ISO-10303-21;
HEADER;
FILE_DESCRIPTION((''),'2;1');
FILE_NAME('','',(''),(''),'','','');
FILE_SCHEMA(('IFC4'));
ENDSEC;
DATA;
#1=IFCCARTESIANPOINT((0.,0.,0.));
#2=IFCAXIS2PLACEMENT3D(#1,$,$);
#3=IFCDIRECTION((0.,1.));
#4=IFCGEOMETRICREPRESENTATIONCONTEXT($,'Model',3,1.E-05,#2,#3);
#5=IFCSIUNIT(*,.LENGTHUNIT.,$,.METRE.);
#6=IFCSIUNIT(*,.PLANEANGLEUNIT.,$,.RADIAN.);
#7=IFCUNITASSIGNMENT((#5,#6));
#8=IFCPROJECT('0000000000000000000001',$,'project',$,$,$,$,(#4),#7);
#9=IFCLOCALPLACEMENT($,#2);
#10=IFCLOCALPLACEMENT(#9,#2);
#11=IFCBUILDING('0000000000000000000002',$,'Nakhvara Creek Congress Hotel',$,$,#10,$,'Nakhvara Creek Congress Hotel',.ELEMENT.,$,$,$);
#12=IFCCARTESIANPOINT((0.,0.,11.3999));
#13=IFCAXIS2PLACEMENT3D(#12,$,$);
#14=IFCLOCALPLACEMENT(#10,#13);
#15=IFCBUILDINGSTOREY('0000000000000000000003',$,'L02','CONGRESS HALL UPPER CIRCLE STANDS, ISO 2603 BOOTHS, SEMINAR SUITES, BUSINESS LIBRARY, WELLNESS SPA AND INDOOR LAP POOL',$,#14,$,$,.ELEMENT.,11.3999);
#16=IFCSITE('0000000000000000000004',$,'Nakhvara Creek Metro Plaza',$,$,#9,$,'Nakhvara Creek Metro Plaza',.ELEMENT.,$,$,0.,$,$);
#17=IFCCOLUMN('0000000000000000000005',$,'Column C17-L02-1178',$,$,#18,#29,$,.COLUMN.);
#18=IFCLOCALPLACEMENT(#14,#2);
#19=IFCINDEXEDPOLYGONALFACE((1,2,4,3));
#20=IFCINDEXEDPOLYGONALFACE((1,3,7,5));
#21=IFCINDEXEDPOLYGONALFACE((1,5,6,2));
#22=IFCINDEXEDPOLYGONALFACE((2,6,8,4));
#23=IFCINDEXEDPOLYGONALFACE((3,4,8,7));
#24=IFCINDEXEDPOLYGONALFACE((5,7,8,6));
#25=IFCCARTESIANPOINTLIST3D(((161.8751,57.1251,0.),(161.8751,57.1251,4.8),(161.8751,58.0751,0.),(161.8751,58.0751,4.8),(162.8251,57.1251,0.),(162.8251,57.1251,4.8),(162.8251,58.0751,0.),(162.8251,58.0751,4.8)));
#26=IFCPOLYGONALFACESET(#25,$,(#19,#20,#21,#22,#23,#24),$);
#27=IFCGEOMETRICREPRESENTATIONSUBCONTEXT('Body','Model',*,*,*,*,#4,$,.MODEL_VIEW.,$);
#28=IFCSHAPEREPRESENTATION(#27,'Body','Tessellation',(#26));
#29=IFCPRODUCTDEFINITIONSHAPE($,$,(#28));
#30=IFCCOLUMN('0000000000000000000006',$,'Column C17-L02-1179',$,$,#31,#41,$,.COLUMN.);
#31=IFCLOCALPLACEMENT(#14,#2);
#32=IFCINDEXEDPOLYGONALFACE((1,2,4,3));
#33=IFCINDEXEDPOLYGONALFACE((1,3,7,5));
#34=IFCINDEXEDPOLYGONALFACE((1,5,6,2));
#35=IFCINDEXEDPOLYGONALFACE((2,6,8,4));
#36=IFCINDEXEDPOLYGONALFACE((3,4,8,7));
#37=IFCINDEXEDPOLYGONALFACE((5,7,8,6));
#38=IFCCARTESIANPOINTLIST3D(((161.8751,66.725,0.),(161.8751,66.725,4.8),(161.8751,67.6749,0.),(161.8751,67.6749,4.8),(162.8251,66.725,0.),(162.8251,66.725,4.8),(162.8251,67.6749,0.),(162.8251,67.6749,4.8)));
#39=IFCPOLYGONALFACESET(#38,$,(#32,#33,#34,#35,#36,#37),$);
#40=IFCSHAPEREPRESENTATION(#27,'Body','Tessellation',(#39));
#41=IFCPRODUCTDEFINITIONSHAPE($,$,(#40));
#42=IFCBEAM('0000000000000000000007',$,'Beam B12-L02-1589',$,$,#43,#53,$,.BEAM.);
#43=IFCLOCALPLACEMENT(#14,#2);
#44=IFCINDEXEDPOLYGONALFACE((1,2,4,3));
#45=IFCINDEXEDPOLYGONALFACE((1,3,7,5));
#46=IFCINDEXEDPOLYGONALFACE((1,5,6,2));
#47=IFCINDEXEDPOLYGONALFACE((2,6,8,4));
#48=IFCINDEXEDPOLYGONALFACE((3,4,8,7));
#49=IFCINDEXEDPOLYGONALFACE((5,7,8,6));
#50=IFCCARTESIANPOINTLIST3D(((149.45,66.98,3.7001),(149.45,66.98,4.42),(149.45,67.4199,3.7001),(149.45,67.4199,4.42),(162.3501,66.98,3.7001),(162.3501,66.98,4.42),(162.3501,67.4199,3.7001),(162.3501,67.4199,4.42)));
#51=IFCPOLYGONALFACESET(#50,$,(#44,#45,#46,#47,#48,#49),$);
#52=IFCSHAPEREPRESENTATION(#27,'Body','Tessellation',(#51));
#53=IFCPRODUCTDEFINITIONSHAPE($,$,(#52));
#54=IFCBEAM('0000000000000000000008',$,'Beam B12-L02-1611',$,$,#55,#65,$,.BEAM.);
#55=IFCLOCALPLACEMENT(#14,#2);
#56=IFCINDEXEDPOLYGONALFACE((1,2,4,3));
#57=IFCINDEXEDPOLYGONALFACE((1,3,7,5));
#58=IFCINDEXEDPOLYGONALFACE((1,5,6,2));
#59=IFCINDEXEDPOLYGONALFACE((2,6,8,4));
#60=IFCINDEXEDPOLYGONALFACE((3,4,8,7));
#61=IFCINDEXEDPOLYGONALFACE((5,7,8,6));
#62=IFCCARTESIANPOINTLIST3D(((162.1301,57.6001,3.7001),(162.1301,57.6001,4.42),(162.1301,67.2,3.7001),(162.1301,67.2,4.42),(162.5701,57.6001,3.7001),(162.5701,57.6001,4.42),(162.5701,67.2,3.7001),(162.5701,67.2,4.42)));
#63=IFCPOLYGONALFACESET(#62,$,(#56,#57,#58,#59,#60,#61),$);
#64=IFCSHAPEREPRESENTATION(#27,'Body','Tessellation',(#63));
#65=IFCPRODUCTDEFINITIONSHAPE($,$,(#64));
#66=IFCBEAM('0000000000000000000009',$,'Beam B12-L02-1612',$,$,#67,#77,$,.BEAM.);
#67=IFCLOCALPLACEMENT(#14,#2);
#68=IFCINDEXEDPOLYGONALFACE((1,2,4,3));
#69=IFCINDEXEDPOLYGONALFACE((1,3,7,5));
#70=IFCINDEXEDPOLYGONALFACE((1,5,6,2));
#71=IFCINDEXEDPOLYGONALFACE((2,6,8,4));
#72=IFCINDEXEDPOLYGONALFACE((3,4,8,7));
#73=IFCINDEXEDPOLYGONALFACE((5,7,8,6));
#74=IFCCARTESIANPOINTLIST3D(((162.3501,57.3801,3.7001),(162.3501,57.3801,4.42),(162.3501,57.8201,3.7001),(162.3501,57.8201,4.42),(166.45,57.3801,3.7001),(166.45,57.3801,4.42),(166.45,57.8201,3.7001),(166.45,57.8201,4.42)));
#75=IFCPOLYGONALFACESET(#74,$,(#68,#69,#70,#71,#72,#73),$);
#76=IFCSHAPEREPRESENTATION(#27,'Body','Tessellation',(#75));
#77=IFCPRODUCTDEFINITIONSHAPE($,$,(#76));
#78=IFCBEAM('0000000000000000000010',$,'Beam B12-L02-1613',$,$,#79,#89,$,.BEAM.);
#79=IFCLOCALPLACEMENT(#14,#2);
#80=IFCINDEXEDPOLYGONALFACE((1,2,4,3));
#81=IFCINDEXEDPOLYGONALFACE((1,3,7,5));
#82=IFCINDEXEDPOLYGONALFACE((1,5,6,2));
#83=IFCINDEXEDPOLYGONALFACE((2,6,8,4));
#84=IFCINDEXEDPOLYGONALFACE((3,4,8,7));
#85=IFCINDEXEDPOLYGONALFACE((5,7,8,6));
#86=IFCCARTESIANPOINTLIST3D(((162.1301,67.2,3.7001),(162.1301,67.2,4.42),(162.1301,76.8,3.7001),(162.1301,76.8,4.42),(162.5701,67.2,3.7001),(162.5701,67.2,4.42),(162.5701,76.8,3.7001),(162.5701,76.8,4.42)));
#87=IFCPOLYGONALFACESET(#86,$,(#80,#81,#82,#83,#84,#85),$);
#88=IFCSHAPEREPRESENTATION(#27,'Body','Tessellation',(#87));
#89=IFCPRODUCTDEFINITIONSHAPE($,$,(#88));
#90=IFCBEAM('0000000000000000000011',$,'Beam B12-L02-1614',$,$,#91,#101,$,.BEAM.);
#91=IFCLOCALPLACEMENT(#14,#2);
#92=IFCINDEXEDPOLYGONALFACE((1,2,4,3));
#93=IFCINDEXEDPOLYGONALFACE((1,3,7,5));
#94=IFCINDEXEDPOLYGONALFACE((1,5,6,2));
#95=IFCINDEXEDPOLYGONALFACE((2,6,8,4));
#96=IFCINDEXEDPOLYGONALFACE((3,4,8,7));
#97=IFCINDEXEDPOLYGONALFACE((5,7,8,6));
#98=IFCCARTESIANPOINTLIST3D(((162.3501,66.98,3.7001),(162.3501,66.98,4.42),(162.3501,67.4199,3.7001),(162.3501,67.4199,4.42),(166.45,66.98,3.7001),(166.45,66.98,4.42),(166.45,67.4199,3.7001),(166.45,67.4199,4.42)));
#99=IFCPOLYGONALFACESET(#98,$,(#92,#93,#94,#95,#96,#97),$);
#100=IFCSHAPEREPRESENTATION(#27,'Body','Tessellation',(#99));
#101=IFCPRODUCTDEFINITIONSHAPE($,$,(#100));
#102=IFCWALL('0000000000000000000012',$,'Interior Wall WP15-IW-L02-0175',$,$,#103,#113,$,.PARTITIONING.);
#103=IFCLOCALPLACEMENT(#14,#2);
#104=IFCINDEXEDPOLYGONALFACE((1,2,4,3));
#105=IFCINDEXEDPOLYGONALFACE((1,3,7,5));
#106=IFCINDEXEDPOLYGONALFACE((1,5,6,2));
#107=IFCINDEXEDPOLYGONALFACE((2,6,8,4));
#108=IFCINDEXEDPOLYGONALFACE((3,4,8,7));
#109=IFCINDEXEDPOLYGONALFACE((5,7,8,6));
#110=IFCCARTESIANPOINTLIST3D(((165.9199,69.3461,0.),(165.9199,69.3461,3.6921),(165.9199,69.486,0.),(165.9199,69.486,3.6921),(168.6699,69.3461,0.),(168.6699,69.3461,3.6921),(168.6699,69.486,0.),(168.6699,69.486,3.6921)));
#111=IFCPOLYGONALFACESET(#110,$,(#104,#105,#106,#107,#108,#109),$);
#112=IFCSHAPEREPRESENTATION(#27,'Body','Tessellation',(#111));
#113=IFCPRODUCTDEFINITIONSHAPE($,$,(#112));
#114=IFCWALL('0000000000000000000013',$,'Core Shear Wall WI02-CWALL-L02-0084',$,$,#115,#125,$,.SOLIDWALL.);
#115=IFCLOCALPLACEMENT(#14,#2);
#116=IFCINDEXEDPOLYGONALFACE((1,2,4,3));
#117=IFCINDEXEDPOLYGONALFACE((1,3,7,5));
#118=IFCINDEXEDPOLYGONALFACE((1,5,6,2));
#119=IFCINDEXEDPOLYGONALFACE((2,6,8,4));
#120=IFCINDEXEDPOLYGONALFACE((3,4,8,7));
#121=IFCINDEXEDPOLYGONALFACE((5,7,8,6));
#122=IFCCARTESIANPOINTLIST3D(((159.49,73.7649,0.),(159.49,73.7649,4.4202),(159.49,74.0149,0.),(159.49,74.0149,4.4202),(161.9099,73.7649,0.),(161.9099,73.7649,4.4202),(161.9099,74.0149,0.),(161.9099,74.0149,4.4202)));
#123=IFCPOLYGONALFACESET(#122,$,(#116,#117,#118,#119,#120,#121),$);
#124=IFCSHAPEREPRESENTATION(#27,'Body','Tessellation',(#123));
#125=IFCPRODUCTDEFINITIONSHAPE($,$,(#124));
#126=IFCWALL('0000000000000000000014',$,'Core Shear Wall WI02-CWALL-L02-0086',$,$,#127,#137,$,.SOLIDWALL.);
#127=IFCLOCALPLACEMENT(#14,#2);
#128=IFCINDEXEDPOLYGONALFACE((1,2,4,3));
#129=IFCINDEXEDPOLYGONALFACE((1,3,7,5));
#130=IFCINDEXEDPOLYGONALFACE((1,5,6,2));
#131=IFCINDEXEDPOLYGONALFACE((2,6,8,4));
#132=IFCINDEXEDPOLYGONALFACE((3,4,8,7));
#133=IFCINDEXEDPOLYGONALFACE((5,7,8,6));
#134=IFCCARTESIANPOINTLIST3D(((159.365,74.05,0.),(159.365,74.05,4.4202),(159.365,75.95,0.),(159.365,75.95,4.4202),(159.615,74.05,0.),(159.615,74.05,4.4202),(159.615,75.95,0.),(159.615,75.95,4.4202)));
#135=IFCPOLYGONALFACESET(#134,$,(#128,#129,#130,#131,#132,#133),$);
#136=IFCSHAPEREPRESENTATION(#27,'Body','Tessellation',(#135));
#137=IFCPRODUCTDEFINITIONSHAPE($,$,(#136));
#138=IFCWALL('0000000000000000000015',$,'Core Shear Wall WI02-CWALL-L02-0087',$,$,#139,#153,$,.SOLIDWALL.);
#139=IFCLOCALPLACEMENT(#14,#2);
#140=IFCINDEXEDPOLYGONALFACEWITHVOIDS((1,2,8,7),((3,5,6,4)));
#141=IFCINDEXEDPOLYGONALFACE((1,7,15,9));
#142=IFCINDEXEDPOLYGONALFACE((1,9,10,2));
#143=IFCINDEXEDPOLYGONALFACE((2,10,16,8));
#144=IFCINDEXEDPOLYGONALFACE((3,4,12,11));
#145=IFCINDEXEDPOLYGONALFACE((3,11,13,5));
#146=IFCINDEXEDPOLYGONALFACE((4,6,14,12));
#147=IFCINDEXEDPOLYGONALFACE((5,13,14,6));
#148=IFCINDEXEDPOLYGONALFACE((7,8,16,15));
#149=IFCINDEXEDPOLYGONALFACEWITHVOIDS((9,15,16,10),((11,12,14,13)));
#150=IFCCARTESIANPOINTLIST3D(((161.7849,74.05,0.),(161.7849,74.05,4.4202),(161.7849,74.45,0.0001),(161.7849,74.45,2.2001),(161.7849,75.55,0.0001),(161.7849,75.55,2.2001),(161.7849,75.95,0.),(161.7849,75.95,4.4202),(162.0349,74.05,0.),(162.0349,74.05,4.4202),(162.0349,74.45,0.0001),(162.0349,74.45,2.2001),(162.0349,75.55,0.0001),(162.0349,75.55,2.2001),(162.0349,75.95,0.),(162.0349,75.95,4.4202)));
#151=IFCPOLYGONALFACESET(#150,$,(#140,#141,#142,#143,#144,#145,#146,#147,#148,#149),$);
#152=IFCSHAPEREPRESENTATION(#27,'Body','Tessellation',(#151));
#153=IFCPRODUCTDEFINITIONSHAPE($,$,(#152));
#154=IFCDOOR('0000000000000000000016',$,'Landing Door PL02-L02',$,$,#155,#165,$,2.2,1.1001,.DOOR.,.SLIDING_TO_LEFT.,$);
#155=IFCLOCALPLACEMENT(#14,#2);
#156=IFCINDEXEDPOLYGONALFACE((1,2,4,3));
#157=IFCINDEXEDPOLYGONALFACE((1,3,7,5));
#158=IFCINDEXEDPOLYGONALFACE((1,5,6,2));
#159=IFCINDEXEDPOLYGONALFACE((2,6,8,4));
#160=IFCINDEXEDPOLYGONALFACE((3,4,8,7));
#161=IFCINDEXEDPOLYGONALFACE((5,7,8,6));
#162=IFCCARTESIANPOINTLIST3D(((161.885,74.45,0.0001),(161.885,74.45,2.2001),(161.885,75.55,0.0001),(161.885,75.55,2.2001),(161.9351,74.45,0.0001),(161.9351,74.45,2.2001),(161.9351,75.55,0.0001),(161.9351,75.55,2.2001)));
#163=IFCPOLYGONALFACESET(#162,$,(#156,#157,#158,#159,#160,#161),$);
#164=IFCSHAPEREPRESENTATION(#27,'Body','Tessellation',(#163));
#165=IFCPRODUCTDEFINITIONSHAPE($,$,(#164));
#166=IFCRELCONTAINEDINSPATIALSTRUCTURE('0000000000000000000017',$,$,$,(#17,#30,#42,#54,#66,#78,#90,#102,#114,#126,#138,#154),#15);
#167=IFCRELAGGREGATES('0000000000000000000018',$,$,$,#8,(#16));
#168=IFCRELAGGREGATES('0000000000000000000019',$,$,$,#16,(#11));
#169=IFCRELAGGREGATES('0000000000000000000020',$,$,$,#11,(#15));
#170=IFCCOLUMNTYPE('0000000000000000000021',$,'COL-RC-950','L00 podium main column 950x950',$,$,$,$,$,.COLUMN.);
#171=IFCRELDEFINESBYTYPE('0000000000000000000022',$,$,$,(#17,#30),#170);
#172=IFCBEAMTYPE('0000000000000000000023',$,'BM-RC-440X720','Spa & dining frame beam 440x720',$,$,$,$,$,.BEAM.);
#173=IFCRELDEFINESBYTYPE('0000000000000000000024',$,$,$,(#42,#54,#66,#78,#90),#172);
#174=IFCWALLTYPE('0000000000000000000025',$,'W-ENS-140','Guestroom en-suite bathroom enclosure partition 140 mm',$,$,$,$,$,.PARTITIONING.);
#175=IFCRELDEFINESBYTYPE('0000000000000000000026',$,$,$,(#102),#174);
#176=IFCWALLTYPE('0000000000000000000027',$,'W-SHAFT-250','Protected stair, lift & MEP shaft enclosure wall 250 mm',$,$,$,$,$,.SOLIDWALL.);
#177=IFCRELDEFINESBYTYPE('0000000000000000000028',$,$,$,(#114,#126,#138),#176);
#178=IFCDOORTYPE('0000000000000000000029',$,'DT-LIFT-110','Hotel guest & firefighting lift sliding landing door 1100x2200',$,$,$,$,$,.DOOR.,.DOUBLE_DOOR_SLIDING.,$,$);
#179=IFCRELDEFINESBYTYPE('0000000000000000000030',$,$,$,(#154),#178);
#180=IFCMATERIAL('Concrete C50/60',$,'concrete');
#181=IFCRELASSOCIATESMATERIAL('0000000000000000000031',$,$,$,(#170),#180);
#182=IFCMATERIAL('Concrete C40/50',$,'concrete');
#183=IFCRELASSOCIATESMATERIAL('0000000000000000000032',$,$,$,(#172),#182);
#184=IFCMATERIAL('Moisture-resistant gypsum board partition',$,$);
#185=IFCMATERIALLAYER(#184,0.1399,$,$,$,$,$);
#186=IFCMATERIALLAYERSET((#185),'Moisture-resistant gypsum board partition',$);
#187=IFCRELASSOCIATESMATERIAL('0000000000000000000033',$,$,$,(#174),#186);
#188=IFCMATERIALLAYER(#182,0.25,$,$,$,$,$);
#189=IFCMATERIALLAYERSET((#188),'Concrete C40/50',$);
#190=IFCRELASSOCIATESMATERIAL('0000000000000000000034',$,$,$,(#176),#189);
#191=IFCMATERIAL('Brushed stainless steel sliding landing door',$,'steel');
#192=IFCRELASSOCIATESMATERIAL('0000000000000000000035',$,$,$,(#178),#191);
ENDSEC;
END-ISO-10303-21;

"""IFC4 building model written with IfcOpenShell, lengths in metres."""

from ifc_helpers import new_model, si_unit, direction, frame, frame_2d, origin, origin_2d, place, context, subcontext, project, spatial, rectangle, extrude, material, layer, layer_set, material_profile, profile_set, type_object, element, fill, save


model = new_model("IFC4")

# Units and contexts
model_context = context("Model", 3, precision=1e-05, world=origin(), true_north=direction((0.0, 1.0)))
body_context = subcontext(model_context, "Body", "Model", "MODEL_VIEW")
ifc_project = project(units=[si_unit("LENGTHUNIT", "METRE"), si_unit("PLANEANGLEUNIT", "RADIAN")], contexts=[model_context])

# Site, building, storey
site_placement = place(None, origin())
site = spatial("IfcSite", under=ifc_project, at=site_placement, Name="Nakhvara Creek Metro Plaza", LongName="Nakhvara Creek Metro Plaza", CompositionType="ELEMENT", RefElevation=0.0)
building_placement = place(site_placement, origin())
building = spatial("IfcBuilding", under=site, at=building_placement, Name="Nakhvara Creek Congress Hotel", LongName="Nakhvara Creek Congress Hotel", CompositionType="ELEMENT")
storey_placement = place(building_placement, frame((0.0, 0.0, 11.3999)))
storey = spatial("IfcBuildingStorey", under=building, at=storey_placement, Name="L02", Description="CONGRESS HALL UPPER CIRCLE STANDS, ISO 2603 BOOTHS, SEMINAR SUITES, BUSINESS LIBRARY, WELLNESS SPA AND INDOOR LAP POOL", CompositionType="ELEMENT", Elevation=11.3999)

# Columns
ifc_material_1 = material(Name="Concrete C50/60", Category="concrete")
ifc_material_profile_1 = material_profile(ifc_material_1, rectangle(XDim=0.95, YDim=0.95, at=origin_2d()), Name="RC-COL 950x950", Category="LoadBearing")
ifc_profile_set_1 = profile_set([ifc_material_profile_1], Name="Concrete C50/60")
column_type = type_object("IfcColumnType", Name="COL-RC-950", Description="L00 podium main column 950x950", PredefinedType="COLUMN", material=ifc_profile_set_1)
for number, where, z_axis, x_axis, name in (
    (1, (162.3501, 57.6001, 0.0), (0.0, 0.0, 1.0), (1.0, 0.0, 0.0), "Column C17-L02-1178"),
    (2, (162.3501, 67.2, 0.0), (0.0, 0.0, 1.0), (1.0, 0.0, 0.0), "Column C17-L02-1179"),
):
    element("IfcColumn", number, at=place(storey_placement, frame(where, z_axis=z_axis, x_axis=x_axis)), inside=storey, type_object=column_type, Name=name, PredefinedType="COLUMN", context=body_context, shape_type="SweptSolid", body=[
        extrude(rectangle(XDim=0.95, YDim=0.95, at=origin_2d()), origin(), (0.0, 0.0, 1.0), 4.8),
    ])

# Beams
ifc_material_2 = material(Name="Concrete C40/50", Category="concrete")
ifc_material_profile_2 = material_profile(ifc_material_2, rectangle(XDim=0.4399, YDim=0.72, at=origin_2d()), Name="RC-BM 440x720", Category="LoadBearing")
ifc_profile_set_2 = profile_set([ifc_material_profile_2], Name="Concrete C40/50")
beam_type = type_object("IfcBeamType", Name="BM-RC-440X720", Description="Spa & dining frame beam 440x720", PredefinedType="BEAM", material=ifc_profile_set_2)
beam_1_placement = place(storey_placement, frame((149.45, 67.2, 4.0601), z_axis=(1.0, 0.0, 0.0), x_axis=(0.0, 1.0, 0.0)))
element("IfcBeam", 3, at=beam_1_placement, inside=storey, type_object=beam_type, Name="Beam B12-L02-1589", PredefinedType="BEAM", context=body_context, shape_type="SweptSolid", body=[
    extrude(rectangle(XDim=0.4399, YDim=0.72, at=origin_2d()), origin(), (0.0, 0.0, 1.0), 12.9001),
])
beam_2_placement = place(storey_placement, frame((162.3501, 57.6001, 4.0601), z_axis=(0.0, 1.0, 0.0), x_axis=(-1.0, 0.0, 0.0)))
element("IfcBeam", 4, at=beam_2_placement, inside=storey, type_object=beam_type, Name="Beam B12-L02-1611", PredefinedType="BEAM", context=body_context, shape_type="SweptSolid", body=[
    extrude(rectangle(XDim=0.4399, YDim=0.72, at=origin_2d()), origin(), (0.0, 0.0, 1.0), 9.5999),
])
beam_3_placement = place(storey_placement, frame((162.3501, 57.6001, 4.0601), z_axis=(1.0, 0.0, 0.0), x_axis=(0.0, 1.0, 0.0)))
element("IfcBeam", 5, at=beam_3_placement, inside=storey, type_object=beam_type, Name="Beam B12-L02-1612", PredefinedType="BEAM", context=body_context, shape_type="SweptSolid", body=[
    extrude(rectangle(XDim=0.4399, YDim=0.72, at=origin_2d()), origin(), (0.0, 0.0, 1.0), 4.0999),
])
beam_4_placement = place(storey_placement, frame((162.3501, 67.2, 4.0601), z_axis=(0.0, 1.0, 0.0), x_axis=(-1.0, 0.0, 0.0)))
element("IfcBeam", 6, at=beam_4_placement, inside=storey, type_object=beam_type, Name="Beam B12-L02-1613", PredefinedType="BEAM", context=body_context, shape_type="SweptSolid", body=[
    extrude(rectangle(XDim=0.4399, YDim=0.72, at=origin_2d()), origin(), (0.0, 0.0, 1.0), 9.6001),
])
beam_5_placement = place(storey_placement, frame((162.3501, 67.2, 4.0601), z_axis=(1.0, 0.0, 0.0), x_axis=(0.0, 1.0, 0.0)))
element("IfcBeam", 7, at=beam_5_placement, inside=storey, type_object=beam_type, Name="Beam B12-L02-1614", PredefinedType="BEAM", context=body_context, shape_type="SweptSolid", body=[
    extrude(rectangle(XDim=0.4399, YDim=0.72, at=origin_2d()), origin(), (0.0, 0.0, 1.0), 4.0999),
])

# Walls
ifc_material_3 = material(Name="Moisture-resistant gypsum board partition")
ifc_layer_1 = layer(ifc_material_3, 0.1399)
ifc_layer_set_1 = layer_set([ifc_layer_1], Name="Moisture-resistant gypsum board partition")
wall_type_1 = type_object("IfcWallType", Name="W-ENS-140", Description="Guestroom en-suite bathroom enclosure partition 140 mm", PredefinedType="PARTITIONING", material=ifc_layer_set_1)
wall_1_placement = place(storey_placement, frame((165.9199, 69.416, 0.0), z_axis=(0.0, 0.0, 1.0), x_axis=(1.0, 0.0, 0.0)))
element("IfcWall", 8, at=wall_1_placement, inside=storey, type_object=wall_type_1, Name="Interior Wall WP15-IW-L02-0175", PredefinedType="PARTITIONING", context=body_context, shape_type="SweptSolid", body=[
    extrude(rectangle(XDim=2.75, YDim=0.1399, at=frame_2d((1.375, 0.0))), origin(), (0.0, 0.0, 1.0), 3.6921),
])
ifc_layer_2 = layer(ifc_material_2, 0.25)
ifc_layer_set_2 = layer_set([ifc_layer_2], Name="Concrete C40/50")
wall_type_2 = type_object("IfcWallType", Name="W-SHAFT-250", Description="Protected stair, lift & MEP shaft enclosure wall 250 mm", PredefinedType="SOLIDWALL", material=ifc_layer_set_2)
wall_2_placement = place(storey_placement, frame((159.49, 73.8899, 0.0), z_axis=(0.0, 0.0, 1.0), x_axis=(1.0, 0.0, 0.0)))
element("IfcWall", 9, at=wall_2_placement, inside=storey, type_object=wall_type_2, Name="Core Shear Wall WI02-CWALL-L02-0084", PredefinedType="SOLIDWALL", context=body_context, shape_type="SweptSolid", body=[
    extrude(rectangle(XDim=2.4199, YDim=0.25, at=frame_2d((1.21, 0.0))), origin(), (0.0, 0.0, 1.0), 4.4202),
])
wall_3_placement = place(storey_placement, frame((159.49, 74.05, 0.0), z_axis=(0.0, 0.0, 1.0), x_axis=(0.0, 1.0, 0.0)))
element("IfcWall", 10, at=wall_3_placement, inside=storey, type_object=wall_type_2, Name="Core Shear Wall WI02-CWALL-L02-0086", PredefinedType="SOLIDWALL", context=body_context, shape_type="SweptSolid", body=[
    extrude(rectangle(XDim=1.8999, YDim=0.25, at=frame_2d((0.95, 0.0))), origin(), (0.0, 0.0, 1.0), 4.4202),
])

# Wall, opening, door
wall_4_placement = place(storey_placement, frame((161.9099, 74.05, 0.0), z_axis=(0.0, 0.0, 1.0), x_axis=(0.0, 1.0, 0.0)))
wall_4 = element("IfcWall", 11, at=wall_4_placement, inside=storey, type_object=wall_type_2, Name="Core Shear Wall WI02-CWALL-L02-0087", PredefinedType="SOLIDWALL", context=body_context, shape_type="SweptSolid", body=[
    extrude(rectangle(XDim=1.8999, YDim=0.25, at=frame_2d((0.95, 0.0))), origin(), (0.0, 0.0, 1.0), 4.4202),
])
opening_1_placement = place(wall_4_placement, frame((0.3999, 0.0, 0.0)))
opening_1 = element("IfcOpeningElement", 12, at=opening_1_placement, cuts=wall_4, PredefinedType="OPENING", context=body_context, shape_type="SweptSolid", body=[
    extrude(rectangle(XDim=1.1001, YDim=2.2, at=frame_2d((0.55, 1.1001))), frame((0.0, 0.137, 0.0), z_axis=(0.0, -1.0, 0.0), x_axis=(1.0, 0.0, 0.0)), (0.0, 0.0, 1.0), 0.2739),
])
ifc_material_4 = material(Name="Brushed stainless steel sliding landing door", Category="steel")
door_type_1 = type_object("IfcDoorType", Name="DT-LIFT-110", Description="Hotel guest & firefighting lift sliding landing door 1100x2200", OperationType="DOUBLE_DOOR_SLIDING", PredefinedType="DOOR", material=ifc_material_4)
door_1_placement = place(opening_1_placement, origin())
door_1 = element("IfcDoor", 13, at=door_1_placement, inside=storey, type_object=door_type_1, Name="Landing Door PL02-L02", OperationType="SLIDING_TO_LEFT", OverallHeight=2.2, OverallWidth=1.1001, PredefinedType="DOOR", context=body_context, shape_type="SweptSolid", body=[
    extrude(rectangle(XDim=1.1001, YDim=2.2, at=frame_2d((0.55, 1.1001))), frame((0.0, 0.0249, 0.0), z_axis=(0.0, -1.0, 0.0), x_axis=(1.0, 0.0, 0.0)), (0.0, 0.0, 1.0), 0.05),
])
fill(opening_1, door_1)

save(model, "model.ifc")
